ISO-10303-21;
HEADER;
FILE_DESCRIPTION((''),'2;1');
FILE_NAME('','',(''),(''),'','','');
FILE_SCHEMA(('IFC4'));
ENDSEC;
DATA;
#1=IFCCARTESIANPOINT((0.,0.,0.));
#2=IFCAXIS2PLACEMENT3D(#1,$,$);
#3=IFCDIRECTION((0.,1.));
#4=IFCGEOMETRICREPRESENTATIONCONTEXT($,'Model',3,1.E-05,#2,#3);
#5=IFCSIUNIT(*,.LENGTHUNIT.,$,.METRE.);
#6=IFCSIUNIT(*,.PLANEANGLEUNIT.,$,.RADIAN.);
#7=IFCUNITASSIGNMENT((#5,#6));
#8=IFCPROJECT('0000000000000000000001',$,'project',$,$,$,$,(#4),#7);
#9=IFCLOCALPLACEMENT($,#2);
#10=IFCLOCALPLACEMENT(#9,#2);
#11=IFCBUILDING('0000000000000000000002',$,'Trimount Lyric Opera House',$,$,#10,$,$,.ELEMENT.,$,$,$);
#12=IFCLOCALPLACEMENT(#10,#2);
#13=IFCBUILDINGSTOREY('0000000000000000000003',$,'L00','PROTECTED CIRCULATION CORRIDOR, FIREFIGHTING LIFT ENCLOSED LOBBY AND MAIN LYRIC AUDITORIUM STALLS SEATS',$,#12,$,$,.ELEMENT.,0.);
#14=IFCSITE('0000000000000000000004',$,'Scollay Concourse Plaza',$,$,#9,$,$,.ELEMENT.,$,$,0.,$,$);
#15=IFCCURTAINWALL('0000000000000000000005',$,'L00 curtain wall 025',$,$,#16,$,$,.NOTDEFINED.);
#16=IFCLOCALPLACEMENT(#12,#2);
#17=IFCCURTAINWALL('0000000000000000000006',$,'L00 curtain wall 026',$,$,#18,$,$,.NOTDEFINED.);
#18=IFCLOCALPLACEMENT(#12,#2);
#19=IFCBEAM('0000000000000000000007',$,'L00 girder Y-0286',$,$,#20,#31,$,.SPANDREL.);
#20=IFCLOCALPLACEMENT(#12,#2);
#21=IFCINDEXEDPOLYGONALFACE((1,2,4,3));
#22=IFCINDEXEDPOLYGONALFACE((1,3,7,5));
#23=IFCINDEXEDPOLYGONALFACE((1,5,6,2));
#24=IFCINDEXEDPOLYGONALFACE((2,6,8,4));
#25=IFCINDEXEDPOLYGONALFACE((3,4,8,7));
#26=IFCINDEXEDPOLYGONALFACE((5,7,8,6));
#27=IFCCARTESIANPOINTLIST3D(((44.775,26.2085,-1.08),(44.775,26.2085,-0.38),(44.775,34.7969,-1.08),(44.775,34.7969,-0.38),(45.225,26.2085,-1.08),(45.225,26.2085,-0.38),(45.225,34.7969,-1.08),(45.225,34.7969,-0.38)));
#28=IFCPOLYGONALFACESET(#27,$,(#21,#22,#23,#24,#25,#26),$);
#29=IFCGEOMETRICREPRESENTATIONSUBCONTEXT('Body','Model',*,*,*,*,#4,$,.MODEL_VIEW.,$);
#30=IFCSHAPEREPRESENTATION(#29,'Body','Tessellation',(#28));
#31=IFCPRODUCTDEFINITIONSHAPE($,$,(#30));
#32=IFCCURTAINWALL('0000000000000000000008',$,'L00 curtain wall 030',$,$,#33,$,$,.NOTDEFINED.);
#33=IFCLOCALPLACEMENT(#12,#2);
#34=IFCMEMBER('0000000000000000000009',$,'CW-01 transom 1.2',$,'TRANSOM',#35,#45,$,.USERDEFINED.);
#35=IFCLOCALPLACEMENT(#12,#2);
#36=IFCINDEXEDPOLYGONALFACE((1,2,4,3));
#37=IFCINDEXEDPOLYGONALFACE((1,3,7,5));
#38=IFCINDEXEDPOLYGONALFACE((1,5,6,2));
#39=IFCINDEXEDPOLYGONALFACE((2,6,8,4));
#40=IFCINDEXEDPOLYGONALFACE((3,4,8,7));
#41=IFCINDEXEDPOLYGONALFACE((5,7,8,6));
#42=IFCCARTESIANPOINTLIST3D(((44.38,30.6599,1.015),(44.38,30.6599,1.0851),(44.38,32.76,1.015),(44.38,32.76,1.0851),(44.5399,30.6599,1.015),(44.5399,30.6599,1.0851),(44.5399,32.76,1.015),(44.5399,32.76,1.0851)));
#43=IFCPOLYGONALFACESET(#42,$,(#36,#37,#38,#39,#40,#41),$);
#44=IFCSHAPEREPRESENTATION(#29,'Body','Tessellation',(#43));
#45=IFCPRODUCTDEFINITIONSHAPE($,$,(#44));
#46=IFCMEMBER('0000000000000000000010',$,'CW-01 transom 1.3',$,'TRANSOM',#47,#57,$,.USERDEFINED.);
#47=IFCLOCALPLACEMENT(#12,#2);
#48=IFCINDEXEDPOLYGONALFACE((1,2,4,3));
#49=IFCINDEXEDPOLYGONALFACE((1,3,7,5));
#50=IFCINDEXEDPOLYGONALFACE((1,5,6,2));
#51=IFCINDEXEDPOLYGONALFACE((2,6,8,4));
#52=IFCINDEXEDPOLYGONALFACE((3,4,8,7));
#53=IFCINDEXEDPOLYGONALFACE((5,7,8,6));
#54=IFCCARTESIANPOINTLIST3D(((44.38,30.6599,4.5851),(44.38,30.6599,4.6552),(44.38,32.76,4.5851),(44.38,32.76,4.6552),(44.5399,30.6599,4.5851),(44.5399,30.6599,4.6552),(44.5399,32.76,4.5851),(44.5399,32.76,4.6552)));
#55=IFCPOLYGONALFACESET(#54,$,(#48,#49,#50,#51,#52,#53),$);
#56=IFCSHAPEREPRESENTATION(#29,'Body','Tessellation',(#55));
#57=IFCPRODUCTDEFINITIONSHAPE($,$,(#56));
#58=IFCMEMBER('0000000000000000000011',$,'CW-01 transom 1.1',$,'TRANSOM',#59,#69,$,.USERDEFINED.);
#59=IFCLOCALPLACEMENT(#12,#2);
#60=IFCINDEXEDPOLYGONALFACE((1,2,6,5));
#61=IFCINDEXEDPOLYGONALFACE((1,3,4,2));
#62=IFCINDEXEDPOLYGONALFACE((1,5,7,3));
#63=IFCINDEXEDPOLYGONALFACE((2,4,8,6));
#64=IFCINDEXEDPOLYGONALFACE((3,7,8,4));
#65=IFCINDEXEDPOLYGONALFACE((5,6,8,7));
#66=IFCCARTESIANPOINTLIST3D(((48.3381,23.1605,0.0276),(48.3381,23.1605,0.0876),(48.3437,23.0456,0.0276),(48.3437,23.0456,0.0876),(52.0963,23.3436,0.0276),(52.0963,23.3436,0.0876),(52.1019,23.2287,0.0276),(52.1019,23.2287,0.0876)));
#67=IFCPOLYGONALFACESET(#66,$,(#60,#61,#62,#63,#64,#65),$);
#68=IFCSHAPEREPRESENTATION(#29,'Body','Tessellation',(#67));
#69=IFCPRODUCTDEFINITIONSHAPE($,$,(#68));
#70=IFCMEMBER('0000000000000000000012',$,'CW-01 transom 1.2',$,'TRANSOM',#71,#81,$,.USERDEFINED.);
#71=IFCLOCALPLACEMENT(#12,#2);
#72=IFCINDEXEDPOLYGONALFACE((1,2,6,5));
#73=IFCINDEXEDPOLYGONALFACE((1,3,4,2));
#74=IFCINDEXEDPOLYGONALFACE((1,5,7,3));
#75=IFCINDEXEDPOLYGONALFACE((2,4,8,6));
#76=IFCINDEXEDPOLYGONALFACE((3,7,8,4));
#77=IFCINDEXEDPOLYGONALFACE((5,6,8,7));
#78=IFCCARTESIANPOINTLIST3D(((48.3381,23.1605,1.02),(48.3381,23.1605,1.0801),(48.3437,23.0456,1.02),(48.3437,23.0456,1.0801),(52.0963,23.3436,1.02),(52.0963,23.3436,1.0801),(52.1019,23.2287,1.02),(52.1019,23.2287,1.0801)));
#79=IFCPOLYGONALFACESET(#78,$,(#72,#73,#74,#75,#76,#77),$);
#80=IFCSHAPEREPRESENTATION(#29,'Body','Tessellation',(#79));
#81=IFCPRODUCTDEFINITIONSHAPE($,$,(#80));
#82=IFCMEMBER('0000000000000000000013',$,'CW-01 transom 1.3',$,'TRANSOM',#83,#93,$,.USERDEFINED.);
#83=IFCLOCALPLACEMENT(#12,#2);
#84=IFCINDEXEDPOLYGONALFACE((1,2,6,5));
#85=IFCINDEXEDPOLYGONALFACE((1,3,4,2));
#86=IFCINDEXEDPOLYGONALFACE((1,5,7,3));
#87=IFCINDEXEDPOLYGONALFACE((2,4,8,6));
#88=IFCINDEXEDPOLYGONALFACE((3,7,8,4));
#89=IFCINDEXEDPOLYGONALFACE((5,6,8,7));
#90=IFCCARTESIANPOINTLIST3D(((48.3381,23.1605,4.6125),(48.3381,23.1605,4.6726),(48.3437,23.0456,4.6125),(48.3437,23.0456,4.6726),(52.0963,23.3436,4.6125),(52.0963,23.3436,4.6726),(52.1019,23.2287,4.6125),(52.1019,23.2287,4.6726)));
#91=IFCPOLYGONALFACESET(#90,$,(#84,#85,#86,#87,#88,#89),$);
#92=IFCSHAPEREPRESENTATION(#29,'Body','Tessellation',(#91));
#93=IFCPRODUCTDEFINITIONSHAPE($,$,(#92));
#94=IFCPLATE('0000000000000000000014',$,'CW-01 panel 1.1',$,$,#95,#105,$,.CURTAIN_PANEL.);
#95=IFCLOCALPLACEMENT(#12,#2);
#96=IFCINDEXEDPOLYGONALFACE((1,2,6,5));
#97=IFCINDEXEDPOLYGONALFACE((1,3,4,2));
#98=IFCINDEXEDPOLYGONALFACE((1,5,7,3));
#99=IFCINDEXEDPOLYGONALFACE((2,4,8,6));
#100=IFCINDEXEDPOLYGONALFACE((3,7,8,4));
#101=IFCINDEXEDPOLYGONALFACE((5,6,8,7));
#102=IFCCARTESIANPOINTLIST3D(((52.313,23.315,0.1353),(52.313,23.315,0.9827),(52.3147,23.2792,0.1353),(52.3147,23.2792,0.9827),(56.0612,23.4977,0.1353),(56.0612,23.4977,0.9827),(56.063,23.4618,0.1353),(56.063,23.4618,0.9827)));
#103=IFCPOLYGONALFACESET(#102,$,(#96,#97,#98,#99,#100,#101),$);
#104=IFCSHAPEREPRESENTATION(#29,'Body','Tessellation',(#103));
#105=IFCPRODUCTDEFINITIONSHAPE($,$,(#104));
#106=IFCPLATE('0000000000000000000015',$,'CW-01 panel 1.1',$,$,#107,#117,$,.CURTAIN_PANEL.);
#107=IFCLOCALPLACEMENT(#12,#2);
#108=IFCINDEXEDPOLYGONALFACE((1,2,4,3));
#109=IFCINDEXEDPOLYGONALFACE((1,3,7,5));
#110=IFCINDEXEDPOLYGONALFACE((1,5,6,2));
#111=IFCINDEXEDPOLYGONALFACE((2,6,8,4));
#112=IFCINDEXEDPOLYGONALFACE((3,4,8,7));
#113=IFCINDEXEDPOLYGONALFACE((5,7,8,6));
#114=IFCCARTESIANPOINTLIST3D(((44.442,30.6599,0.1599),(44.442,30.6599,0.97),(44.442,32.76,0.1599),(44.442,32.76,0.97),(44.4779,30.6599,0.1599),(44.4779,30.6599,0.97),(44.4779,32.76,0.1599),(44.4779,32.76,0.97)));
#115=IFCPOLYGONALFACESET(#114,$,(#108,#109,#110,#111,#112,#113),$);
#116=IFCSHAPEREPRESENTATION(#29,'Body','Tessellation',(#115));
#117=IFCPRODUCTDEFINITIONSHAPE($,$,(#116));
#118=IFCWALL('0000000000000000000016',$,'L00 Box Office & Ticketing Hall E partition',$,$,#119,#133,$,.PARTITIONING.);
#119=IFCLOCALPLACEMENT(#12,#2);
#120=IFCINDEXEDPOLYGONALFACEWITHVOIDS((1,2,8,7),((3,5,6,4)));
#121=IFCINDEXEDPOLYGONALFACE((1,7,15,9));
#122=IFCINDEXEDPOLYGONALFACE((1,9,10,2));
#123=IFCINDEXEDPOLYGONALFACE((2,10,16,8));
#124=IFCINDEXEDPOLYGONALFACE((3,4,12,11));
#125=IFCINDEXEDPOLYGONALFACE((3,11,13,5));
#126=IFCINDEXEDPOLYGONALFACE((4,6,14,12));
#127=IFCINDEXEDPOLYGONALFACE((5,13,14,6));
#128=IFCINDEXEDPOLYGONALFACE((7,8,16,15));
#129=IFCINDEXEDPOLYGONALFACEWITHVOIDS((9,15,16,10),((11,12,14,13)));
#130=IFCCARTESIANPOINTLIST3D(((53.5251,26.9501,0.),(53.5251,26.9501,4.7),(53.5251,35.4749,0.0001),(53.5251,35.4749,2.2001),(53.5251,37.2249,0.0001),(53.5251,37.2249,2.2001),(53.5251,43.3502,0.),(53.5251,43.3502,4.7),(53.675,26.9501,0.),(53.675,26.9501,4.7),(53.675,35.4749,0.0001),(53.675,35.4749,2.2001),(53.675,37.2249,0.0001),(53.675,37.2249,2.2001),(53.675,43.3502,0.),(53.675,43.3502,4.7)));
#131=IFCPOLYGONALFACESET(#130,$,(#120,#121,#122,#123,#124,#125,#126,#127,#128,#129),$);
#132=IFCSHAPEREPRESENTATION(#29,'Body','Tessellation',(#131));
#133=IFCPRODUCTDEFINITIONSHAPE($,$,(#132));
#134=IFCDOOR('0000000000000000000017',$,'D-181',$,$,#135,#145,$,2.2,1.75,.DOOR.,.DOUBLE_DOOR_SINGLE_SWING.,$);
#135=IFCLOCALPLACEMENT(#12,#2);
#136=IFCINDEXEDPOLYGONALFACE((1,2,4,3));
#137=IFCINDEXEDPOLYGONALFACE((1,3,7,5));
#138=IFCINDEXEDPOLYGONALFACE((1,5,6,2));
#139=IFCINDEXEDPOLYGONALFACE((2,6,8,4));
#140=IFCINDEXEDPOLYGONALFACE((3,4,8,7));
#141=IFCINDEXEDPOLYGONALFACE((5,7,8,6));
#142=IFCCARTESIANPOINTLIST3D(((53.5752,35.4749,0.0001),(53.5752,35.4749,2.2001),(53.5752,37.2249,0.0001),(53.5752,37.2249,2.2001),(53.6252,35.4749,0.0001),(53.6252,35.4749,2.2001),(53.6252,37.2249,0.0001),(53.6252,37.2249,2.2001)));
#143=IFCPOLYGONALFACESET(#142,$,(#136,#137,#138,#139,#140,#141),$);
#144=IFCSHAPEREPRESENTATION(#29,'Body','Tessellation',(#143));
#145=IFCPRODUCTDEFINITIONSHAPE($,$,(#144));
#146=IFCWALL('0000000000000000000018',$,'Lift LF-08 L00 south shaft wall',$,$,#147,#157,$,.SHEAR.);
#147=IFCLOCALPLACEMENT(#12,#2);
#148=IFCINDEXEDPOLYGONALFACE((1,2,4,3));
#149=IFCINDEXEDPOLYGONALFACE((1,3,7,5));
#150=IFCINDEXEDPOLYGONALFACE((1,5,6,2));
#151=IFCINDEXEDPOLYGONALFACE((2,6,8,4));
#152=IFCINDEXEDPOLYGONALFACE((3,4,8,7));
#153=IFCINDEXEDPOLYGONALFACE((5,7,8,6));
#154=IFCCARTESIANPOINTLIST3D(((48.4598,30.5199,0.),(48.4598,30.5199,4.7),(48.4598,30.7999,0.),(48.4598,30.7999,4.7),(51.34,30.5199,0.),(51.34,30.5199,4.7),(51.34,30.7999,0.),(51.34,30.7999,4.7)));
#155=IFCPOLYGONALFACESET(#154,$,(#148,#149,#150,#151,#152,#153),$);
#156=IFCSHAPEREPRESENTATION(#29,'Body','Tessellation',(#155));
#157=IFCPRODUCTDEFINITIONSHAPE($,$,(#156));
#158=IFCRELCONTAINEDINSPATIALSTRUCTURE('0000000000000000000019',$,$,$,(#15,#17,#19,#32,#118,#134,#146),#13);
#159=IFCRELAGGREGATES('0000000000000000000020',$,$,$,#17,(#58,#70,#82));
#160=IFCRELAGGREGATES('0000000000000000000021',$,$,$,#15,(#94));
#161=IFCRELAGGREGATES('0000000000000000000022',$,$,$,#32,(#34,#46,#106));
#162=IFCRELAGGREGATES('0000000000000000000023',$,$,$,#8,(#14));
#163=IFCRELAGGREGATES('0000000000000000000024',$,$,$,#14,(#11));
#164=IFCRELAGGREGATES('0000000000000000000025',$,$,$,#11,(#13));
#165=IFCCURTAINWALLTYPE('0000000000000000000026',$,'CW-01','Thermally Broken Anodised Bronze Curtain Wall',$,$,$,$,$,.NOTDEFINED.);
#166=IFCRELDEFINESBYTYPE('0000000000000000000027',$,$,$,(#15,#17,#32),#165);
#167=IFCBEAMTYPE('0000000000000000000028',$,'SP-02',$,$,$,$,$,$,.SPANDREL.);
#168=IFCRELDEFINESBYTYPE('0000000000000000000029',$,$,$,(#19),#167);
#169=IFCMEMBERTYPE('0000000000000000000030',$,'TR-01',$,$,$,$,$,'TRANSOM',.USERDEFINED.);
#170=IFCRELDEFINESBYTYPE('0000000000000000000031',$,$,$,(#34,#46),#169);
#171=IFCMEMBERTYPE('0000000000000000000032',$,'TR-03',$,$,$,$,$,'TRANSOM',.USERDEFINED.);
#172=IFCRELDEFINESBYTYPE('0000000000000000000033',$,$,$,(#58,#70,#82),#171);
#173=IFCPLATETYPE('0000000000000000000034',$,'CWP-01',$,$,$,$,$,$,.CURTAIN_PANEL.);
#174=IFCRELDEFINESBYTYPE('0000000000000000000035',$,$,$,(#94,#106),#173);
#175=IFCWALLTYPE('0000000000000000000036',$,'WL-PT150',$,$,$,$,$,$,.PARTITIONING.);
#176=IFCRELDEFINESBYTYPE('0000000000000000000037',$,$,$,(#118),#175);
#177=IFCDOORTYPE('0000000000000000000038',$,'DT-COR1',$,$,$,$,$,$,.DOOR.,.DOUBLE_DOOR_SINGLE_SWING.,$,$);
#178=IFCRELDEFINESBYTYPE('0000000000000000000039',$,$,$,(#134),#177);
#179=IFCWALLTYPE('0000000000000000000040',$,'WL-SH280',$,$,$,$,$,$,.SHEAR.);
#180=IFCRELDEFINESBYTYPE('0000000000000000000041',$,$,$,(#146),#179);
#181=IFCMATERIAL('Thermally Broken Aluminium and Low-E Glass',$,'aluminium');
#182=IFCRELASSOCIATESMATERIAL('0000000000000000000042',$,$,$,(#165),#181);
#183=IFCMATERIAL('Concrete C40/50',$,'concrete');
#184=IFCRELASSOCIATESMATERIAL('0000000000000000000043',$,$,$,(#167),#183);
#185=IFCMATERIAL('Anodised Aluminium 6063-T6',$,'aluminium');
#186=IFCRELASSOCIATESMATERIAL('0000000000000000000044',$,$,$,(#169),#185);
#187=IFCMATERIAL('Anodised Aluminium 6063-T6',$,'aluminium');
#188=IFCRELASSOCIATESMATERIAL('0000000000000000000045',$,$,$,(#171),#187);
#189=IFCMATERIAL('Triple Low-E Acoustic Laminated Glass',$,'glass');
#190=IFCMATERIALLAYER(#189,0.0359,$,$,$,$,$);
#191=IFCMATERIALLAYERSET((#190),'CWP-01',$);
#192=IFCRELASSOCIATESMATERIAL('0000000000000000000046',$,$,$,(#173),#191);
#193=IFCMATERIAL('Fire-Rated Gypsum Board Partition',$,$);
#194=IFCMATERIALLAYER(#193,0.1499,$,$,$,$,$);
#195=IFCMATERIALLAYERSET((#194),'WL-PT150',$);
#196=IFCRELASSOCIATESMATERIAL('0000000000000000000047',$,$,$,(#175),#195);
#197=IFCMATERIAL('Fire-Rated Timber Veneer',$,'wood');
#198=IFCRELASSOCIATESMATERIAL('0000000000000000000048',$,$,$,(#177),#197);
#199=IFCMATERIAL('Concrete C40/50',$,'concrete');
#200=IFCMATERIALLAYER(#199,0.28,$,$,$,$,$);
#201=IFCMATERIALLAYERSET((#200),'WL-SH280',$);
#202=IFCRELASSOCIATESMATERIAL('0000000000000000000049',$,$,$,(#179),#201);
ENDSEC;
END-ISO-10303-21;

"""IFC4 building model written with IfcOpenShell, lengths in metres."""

from ifc_helpers import new_model, si_unit, direction, frame, frame_2d, origin, origin_2d, place, context, subcontext, project, spatial, rectangle, extrude, material, layer, layer_set, material_profile, profile_set, type_object, element, fill, aggregate, save


model = new_model("IFC4")

# Units and contexts
model_context = context("Model", 3, precision=1e-05, world=origin(), true_north=direction((0.0, 1.0)))
body_context = subcontext(model_context, "Body", "Model", "MODEL_VIEW")
ifc_project = project(units=[si_unit("LENGTHUNIT", "METRE"), si_unit("PLANEANGLEUNIT", "RADIAN")], contexts=[model_context])

# Site, building, storey
site_placement = place(None, origin())
site = spatial("IfcSite", under=ifc_project, at=site_placement, Name="Scollay Concourse Plaza", CompositionType="ELEMENT", RefElevation=0.0)
building_placement = place(site_placement, origin())
building = spatial("IfcBuilding", under=site, at=building_placement, Name="Trimount Lyric Opera House", CompositionType="ELEMENT")
storey_placement = place(building_placement, origin())
storey = spatial("IfcBuildingStorey", under=building, at=storey_placement, Name="L00", Description="PROTECTED CIRCULATION CORRIDOR, FIREFIGHTING LIFT ENCLOSED LOBBY AND MAIN LYRIC AUDITORIUM STALLS SEATS", CompositionType="ELEMENT", Elevation=0.0)

# Curtain walls
ifc_material_1 = material(Name="Thermally Broken Aluminium and Low-E Glass", Category="aluminium")
curtain_wall_type = type_object("IfcCurtainWallType", Name="CW-01", Description="Thermally Broken Anodised Bronze Curtain Wall", PredefinedType="NOTDEFINED", material=ifc_material_1)
curtain_wall_1_placement = place(storey_placement, origin())
curtain_wall_1 = element("IfcCurtainWall", 1, at=curtain_wall_1_placement, inside=storey, type_object=curtain_wall_type, Name="L00 curtain wall 025", PredefinedType="NOTDEFINED")
curtain_wall_2_placement = place(storey_placement, origin())
curtain_wall_2 = element("IfcCurtainWall", 2, at=curtain_wall_2_placement, inside=storey, type_object=curtain_wall_type, Name="L00 curtain wall 026", PredefinedType="NOTDEFINED")

# Beam
ifc_material_2 = material(Name="Concrete C40/50", Category="concrete")
ifc_material_profile_1 = material_profile(ifc_material_2, rectangle(XDim=0.45, YDim=0.7, at=origin_2d()), Name="RC450X700")
ifc_profile_set_1 = profile_set([ifc_material_profile_1], Name="Concrete C40/50")
beam_type_1 = type_object("IfcBeamType", Name="SP-02", PredefinedType="SPANDREL", material=ifc_profile_set_1)
beam_1_placement = place(storey_placement, frame((45.0, 26.2085, -0.73), z_axis=(0.0, 1.0, 0.0), x_axis=(-1.0, 0.0, 0.0)))
element("IfcBeam", 3, at=beam_1_placement, inside=storey, type_object=beam_type_1, Name="L00 girder Y-0286", PredefinedType="SPANDREL", context=body_context, shape_type="SweptSolid", body=[
    extrude(rectangle(XDim=0.45, YDim=0.7, at=origin_2d()), origin(), (0.0, 0.0, 1.0), 8.5884),
])

# Curtain wall, members
curtain_wall_3_placement = place(storey_placement, origin())
curtain_wall_3 = element("IfcCurtainWall", 4, at=curtain_wall_3_placement, inside=storey, type_object=curtain_wall_type, Name="L00 curtain wall 030", PredefinedType="NOTDEFINED")
ifc_material_3 = material(Name="Anodised Aluminium 6063-T6", Category="aluminium")
ifc_material_profile_2 = material_profile(ifc_material_3, rectangle(XDim=0.1599, YDim=0.0701, at=origin_2d()), Name="ALU-TRAN-70X160")
ifc_profile_set_2 = profile_set([ifc_material_profile_2], Name="Anodised Aluminium 6063-T6")
member_type_1 = type_object("IfcMemberType", Name="TR-01", ElementType="TRANSOM", PredefinedType="USERDEFINED", material=ifc_profile_set_2)
member_1_placement = place(storey_placement, frame((44.46, 30.6599, 1.05), z_axis=(0.0, 1.0, 0.0), x_axis=(-1.0, 0.0, 0.0)))
member_1 = element("IfcMember", 5, at=member_1_placement, type_object=member_type_1, Name="CW-01 transom 1.2", ObjectType="TRANSOM", PredefinedType="USERDEFINED", context=body_context, shape_type="SweptSolid", body=[
    extrude(rectangle(XDim=0.1599, YDim=0.0701, at=origin_2d()), origin(), (0.0, 0.0, 1.0), 2.1001),
])
member_2_placement = place(storey_placement, frame((44.46, 30.6599, 4.6201), z_axis=(0.0, 1.0, 0.0), x_axis=(-1.0, 0.0, 0.0)))
member_2 = element("IfcMember", 6, at=member_2_placement, type_object=member_type_1, Name="CW-01 transom 1.3", ObjectType="TRANSOM", PredefinedType="USERDEFINED", context=body_context, shape_type="SweptSolid", body=[
    extrude(rectangle(XDim=0.1599, YDim=0.0701, at=origin_2d()), origin(), (0.0, 0.0, 1.0), 2.1001),
])

# Members
ifc_material_4 = material(Name="Anodised Aluminium 6063-T6", Category="aluminium")
ifc_material_profile_3 = material_profile(ifc_material_4, rectangle(XDim=0.115, YDim=0.0601, at=origin_2d()), Name="ALU-TRAN-60X115")
ifc_profile_set_3 = profile_set([ifc_material_profile_3], Name="Anodised Aluminium 6063-T6")
member_type_2 = type_object("IfcMemberType", Name="TR-03", ElementType="TRANSOM", PredefinedType="USERDEFINED", material=ifc_profile_set_3)
member_3_placement = place(storey_placement, frame((52.0991, 23.2861, 0.0576), z_axis=(-0.998815, -0.048663, 0.0), x_axis=(0.048663, -0.998815, 0.0)))
member_3 = element("IfcMember", 7, at=member_3_placement, type_object=member_type_2, Name="CW-01 transom 1.1", ObjectType="TRANSOM", PredefinedType="USERDEFINED", context=body_context, shape_type="SweptSolid", body=[
    extrude(rectangle(XDim=0.115, YDim=0.0601, at=origin_2d()), origin(), (0.0, 0.0, 1.0), 3.7627),
])
member_4_placement = place(storey_placement, frame((52.0991, 23.2861, 1.05), z_axis=(-0.998815, -0.048663, 0.0), x_axis=(0.048663, -0.998815, 0.0)))
member_4 = element("IfcMember", 8, at=member_4_placement, type_object=member_type_2, Name="CW-01 transom 1.2", ObjectType="TRANSOM", PredefinedType="USERDEFINED", context=body_context, shape_type="SweptSolid", body=[
    extrude(rectangle(XDim=0.115, YDim=0.0601, at=origin_2d()), origin(), (0.0, 0.0, 1.0), 3.7627),
])
member_5_placement = place(storey_placement, frame((52.0991, 23.2861, 4.6426), z_axis=(-0.998815, -0.048663, 0.0), x_axis=(0.048663, -0.998815, 0.0)))
member_5 = element("IfcMember", 9, at=member_5_placement, type_object=member_type_2, Name="CW-01 transom 1.3", ObjectType="TRANSOM", PredefinedType="USERDEFINED", context=body_context, shape_type="SweptSolid", body=[
    extrude(rectangle(XDim=0.115, YDim=0.0601, at=origin_2d()), origin(), (0.0, 0.0, 1.0), 3.7627),
])
aggregate(curtain_wall_2, [member_3, member_4, member_5])

# Plates
ifc_material_5 = material(Name="Triple Low-E Acoustic Laminated Glass", Category="glass")
ifc_layer_1 = layer(ifc_material_5, 0.0359)
ifc_layer_set_1 = layer_set([ifc_layer_1], Name="CWP-01")
plate_type = type_object("IfcPlateType", Name="CWP-01", PredefinedType="CURTAIN_PANEL", material=ifc_layer_set_1)
plate_1_placement = place(storey_placement, frame((54.188, 23.3884, 0.1353), z_axis=(0.0, 0.0, 1.0), x_axis=(-0.998814, -0.048679, 0.0)))
plate_1 = element("IfcPlate", 10, at=plate_1_placement, type_object=plate_type, Name="CW-01 panel 1.1", PredefinedType="CURTAIN_PANEL", context=body_context, shape_type="SweptSolid", body=[
    extrude(rectangle(XDim=3.7527, YDim=0.0359, at=origin_2d()), origin(), (0.0, 0.0, 1.0), 0.8474),
])
aggregate(curtain_wall_1, [plate_1])
plate_2_placement = place(storey_placement, frame((44.46, 31.71, 0.1599), z_axis=(0.0, 0.0, 1.0), x_axis=(0.0, 1.0, 0.0)))
plate_2 = element("IfcPlate", 11, at=plate_2_placement, type_object=plate_type, Name="CW-01 panel 1.1", PredefinedType="CURTAIN_PANEL", context=body_context, shape_type="SweptSolid", body=[
    extrude(rectangle(XDim=2.1001, YDim=0.0359, at=origin_2d()), origin(), (0.0, 0.0, 1.0), 0.8101),
])
aggregate(curtain_wall_3, [member_1, member_2, plate_2])

# Wall, opening, door
ifc_material_6 = material(Name="Fire-Rated Gypsum Board Partition")
ifc_layer_2 = layer(ifc_material_6, 0.1499)
ifc_layer_set_2 = layer_set([ifc_layer_2], Name="WL-PT150")
wall_type_1 = type_object("IfcWallType", Name="WL-PT150", PredefinedType="PARTITIONING", material=ifc_layer_set_2)
wall_1_placement = place(storey_placement, frame((53.6001, 26.95, 0.0), z_axis=(0.0, 0.0, 1.0), x_axis=(0.0, 1.0, 0.0)))
wall_1 = element("IfcWall", 12, at=wall_1_placement, inside=storey, type_object=wall_type_1, Name="L00 Box Office & Ticketing Hall E partition", PredefinedType="PARTITIONING", context=body_context, shape_type="SweptSolid", body=[
    extrude(rectangle(XDim=16.4001, YDim=0.1499, at=frame_2d((8.2002, 0.0))), origin(), (0.0, 0.0, 1.0), 4.7),
])
opening_1_placement = place(wall_1_placement, frame((8.5249, 0.0, 0.0)))
opening_1 = element("IfcOpeningElement", 13, at=opening_1_placement, cuts=wall_1, PredefinedType="OPENING", context=body_context, shape_type="SweptSolid", body=[
    extrude(rectangle(XDim=1.75, YDim=2.2, at=frame_2d((0.875, 1.1001))), frame((0.0, 0.085, 0.0), z_axis=(0.0, -1.0, 0.0), x_axis=(1.0, 0.0, 0.0)), (0.0, 0.0, 1.0), 0.1699),
])
ifc_material_7 = material(Name="Fire-Rated Timber Veneer", Category="wood")
door_type_1 = type_object("IfcDoorType", Name="DT-COR1", OperationType="DOUBLE_DOOR_SINGLE_SWING", PredefinedType="DOOR", material=ifc_material_7)
door_1_placement = place(opening_1_placement, origin())
door_1 = element("IfcDoor", 14, at=door_1_placement, inside=storey, type_object=door_type_1, Name="D-181", OperationType="DOUBLE_DOOR_SINGLE_SWING", OverallHeight=2.2, OverallWidth=1.75, PredefinedType="DOOR", context=body_context, shape_type="SweptSolid", body=[
    extrude(rectangle(XDim=1.75, YDim=2.2, at=frame_2d((0.875, 1.1001))), frame((0.0, 0.0249, 0.0), z_axis=(0.0, -1.0, 0.0), x_axis=(1.0, 0.0, 0.0)), (0.0, 0.0, 1.0), 0.05),
])
fill(opening_1, door_1)

# Wall
ifc_material_8 = material(Name="Concrete C40/50", Category="concrete")
ifc_layer_3 = layer(ifc_material_8, 0.28)
ifc_layer_set_3 = layer_set([ifc_layer_3], Name="WL-SH280")
wall_type_2 = type_object("IfcWallType", Name="WL-SH280", PredefinedType="SHEAR", material=ifc_layer_set_3)
wall_2_placement = place(storey_placement, frame((48.46, 30.6599, 0.0), z_axis=(0.0, 0.0, 1.0), x_axis=(1.0, 0.0, 0.0)))
element("IfcWall", 15, at=wall_2_placement, inside=storey, type_object=wall_type_2, Name="Lift LF-08 L00 south shaft wall", PredefinedType="SHEAR", context=body_context, shape_type="SweptSolid", body=[
    extrude(rectangle(XDim=2.8801, YDim=0.28, at=frame_2d((1.4399, 0.0))), origin(), (0.0, 0.0, 1.0), 4.7),
])

save(model, "model.ifc")
